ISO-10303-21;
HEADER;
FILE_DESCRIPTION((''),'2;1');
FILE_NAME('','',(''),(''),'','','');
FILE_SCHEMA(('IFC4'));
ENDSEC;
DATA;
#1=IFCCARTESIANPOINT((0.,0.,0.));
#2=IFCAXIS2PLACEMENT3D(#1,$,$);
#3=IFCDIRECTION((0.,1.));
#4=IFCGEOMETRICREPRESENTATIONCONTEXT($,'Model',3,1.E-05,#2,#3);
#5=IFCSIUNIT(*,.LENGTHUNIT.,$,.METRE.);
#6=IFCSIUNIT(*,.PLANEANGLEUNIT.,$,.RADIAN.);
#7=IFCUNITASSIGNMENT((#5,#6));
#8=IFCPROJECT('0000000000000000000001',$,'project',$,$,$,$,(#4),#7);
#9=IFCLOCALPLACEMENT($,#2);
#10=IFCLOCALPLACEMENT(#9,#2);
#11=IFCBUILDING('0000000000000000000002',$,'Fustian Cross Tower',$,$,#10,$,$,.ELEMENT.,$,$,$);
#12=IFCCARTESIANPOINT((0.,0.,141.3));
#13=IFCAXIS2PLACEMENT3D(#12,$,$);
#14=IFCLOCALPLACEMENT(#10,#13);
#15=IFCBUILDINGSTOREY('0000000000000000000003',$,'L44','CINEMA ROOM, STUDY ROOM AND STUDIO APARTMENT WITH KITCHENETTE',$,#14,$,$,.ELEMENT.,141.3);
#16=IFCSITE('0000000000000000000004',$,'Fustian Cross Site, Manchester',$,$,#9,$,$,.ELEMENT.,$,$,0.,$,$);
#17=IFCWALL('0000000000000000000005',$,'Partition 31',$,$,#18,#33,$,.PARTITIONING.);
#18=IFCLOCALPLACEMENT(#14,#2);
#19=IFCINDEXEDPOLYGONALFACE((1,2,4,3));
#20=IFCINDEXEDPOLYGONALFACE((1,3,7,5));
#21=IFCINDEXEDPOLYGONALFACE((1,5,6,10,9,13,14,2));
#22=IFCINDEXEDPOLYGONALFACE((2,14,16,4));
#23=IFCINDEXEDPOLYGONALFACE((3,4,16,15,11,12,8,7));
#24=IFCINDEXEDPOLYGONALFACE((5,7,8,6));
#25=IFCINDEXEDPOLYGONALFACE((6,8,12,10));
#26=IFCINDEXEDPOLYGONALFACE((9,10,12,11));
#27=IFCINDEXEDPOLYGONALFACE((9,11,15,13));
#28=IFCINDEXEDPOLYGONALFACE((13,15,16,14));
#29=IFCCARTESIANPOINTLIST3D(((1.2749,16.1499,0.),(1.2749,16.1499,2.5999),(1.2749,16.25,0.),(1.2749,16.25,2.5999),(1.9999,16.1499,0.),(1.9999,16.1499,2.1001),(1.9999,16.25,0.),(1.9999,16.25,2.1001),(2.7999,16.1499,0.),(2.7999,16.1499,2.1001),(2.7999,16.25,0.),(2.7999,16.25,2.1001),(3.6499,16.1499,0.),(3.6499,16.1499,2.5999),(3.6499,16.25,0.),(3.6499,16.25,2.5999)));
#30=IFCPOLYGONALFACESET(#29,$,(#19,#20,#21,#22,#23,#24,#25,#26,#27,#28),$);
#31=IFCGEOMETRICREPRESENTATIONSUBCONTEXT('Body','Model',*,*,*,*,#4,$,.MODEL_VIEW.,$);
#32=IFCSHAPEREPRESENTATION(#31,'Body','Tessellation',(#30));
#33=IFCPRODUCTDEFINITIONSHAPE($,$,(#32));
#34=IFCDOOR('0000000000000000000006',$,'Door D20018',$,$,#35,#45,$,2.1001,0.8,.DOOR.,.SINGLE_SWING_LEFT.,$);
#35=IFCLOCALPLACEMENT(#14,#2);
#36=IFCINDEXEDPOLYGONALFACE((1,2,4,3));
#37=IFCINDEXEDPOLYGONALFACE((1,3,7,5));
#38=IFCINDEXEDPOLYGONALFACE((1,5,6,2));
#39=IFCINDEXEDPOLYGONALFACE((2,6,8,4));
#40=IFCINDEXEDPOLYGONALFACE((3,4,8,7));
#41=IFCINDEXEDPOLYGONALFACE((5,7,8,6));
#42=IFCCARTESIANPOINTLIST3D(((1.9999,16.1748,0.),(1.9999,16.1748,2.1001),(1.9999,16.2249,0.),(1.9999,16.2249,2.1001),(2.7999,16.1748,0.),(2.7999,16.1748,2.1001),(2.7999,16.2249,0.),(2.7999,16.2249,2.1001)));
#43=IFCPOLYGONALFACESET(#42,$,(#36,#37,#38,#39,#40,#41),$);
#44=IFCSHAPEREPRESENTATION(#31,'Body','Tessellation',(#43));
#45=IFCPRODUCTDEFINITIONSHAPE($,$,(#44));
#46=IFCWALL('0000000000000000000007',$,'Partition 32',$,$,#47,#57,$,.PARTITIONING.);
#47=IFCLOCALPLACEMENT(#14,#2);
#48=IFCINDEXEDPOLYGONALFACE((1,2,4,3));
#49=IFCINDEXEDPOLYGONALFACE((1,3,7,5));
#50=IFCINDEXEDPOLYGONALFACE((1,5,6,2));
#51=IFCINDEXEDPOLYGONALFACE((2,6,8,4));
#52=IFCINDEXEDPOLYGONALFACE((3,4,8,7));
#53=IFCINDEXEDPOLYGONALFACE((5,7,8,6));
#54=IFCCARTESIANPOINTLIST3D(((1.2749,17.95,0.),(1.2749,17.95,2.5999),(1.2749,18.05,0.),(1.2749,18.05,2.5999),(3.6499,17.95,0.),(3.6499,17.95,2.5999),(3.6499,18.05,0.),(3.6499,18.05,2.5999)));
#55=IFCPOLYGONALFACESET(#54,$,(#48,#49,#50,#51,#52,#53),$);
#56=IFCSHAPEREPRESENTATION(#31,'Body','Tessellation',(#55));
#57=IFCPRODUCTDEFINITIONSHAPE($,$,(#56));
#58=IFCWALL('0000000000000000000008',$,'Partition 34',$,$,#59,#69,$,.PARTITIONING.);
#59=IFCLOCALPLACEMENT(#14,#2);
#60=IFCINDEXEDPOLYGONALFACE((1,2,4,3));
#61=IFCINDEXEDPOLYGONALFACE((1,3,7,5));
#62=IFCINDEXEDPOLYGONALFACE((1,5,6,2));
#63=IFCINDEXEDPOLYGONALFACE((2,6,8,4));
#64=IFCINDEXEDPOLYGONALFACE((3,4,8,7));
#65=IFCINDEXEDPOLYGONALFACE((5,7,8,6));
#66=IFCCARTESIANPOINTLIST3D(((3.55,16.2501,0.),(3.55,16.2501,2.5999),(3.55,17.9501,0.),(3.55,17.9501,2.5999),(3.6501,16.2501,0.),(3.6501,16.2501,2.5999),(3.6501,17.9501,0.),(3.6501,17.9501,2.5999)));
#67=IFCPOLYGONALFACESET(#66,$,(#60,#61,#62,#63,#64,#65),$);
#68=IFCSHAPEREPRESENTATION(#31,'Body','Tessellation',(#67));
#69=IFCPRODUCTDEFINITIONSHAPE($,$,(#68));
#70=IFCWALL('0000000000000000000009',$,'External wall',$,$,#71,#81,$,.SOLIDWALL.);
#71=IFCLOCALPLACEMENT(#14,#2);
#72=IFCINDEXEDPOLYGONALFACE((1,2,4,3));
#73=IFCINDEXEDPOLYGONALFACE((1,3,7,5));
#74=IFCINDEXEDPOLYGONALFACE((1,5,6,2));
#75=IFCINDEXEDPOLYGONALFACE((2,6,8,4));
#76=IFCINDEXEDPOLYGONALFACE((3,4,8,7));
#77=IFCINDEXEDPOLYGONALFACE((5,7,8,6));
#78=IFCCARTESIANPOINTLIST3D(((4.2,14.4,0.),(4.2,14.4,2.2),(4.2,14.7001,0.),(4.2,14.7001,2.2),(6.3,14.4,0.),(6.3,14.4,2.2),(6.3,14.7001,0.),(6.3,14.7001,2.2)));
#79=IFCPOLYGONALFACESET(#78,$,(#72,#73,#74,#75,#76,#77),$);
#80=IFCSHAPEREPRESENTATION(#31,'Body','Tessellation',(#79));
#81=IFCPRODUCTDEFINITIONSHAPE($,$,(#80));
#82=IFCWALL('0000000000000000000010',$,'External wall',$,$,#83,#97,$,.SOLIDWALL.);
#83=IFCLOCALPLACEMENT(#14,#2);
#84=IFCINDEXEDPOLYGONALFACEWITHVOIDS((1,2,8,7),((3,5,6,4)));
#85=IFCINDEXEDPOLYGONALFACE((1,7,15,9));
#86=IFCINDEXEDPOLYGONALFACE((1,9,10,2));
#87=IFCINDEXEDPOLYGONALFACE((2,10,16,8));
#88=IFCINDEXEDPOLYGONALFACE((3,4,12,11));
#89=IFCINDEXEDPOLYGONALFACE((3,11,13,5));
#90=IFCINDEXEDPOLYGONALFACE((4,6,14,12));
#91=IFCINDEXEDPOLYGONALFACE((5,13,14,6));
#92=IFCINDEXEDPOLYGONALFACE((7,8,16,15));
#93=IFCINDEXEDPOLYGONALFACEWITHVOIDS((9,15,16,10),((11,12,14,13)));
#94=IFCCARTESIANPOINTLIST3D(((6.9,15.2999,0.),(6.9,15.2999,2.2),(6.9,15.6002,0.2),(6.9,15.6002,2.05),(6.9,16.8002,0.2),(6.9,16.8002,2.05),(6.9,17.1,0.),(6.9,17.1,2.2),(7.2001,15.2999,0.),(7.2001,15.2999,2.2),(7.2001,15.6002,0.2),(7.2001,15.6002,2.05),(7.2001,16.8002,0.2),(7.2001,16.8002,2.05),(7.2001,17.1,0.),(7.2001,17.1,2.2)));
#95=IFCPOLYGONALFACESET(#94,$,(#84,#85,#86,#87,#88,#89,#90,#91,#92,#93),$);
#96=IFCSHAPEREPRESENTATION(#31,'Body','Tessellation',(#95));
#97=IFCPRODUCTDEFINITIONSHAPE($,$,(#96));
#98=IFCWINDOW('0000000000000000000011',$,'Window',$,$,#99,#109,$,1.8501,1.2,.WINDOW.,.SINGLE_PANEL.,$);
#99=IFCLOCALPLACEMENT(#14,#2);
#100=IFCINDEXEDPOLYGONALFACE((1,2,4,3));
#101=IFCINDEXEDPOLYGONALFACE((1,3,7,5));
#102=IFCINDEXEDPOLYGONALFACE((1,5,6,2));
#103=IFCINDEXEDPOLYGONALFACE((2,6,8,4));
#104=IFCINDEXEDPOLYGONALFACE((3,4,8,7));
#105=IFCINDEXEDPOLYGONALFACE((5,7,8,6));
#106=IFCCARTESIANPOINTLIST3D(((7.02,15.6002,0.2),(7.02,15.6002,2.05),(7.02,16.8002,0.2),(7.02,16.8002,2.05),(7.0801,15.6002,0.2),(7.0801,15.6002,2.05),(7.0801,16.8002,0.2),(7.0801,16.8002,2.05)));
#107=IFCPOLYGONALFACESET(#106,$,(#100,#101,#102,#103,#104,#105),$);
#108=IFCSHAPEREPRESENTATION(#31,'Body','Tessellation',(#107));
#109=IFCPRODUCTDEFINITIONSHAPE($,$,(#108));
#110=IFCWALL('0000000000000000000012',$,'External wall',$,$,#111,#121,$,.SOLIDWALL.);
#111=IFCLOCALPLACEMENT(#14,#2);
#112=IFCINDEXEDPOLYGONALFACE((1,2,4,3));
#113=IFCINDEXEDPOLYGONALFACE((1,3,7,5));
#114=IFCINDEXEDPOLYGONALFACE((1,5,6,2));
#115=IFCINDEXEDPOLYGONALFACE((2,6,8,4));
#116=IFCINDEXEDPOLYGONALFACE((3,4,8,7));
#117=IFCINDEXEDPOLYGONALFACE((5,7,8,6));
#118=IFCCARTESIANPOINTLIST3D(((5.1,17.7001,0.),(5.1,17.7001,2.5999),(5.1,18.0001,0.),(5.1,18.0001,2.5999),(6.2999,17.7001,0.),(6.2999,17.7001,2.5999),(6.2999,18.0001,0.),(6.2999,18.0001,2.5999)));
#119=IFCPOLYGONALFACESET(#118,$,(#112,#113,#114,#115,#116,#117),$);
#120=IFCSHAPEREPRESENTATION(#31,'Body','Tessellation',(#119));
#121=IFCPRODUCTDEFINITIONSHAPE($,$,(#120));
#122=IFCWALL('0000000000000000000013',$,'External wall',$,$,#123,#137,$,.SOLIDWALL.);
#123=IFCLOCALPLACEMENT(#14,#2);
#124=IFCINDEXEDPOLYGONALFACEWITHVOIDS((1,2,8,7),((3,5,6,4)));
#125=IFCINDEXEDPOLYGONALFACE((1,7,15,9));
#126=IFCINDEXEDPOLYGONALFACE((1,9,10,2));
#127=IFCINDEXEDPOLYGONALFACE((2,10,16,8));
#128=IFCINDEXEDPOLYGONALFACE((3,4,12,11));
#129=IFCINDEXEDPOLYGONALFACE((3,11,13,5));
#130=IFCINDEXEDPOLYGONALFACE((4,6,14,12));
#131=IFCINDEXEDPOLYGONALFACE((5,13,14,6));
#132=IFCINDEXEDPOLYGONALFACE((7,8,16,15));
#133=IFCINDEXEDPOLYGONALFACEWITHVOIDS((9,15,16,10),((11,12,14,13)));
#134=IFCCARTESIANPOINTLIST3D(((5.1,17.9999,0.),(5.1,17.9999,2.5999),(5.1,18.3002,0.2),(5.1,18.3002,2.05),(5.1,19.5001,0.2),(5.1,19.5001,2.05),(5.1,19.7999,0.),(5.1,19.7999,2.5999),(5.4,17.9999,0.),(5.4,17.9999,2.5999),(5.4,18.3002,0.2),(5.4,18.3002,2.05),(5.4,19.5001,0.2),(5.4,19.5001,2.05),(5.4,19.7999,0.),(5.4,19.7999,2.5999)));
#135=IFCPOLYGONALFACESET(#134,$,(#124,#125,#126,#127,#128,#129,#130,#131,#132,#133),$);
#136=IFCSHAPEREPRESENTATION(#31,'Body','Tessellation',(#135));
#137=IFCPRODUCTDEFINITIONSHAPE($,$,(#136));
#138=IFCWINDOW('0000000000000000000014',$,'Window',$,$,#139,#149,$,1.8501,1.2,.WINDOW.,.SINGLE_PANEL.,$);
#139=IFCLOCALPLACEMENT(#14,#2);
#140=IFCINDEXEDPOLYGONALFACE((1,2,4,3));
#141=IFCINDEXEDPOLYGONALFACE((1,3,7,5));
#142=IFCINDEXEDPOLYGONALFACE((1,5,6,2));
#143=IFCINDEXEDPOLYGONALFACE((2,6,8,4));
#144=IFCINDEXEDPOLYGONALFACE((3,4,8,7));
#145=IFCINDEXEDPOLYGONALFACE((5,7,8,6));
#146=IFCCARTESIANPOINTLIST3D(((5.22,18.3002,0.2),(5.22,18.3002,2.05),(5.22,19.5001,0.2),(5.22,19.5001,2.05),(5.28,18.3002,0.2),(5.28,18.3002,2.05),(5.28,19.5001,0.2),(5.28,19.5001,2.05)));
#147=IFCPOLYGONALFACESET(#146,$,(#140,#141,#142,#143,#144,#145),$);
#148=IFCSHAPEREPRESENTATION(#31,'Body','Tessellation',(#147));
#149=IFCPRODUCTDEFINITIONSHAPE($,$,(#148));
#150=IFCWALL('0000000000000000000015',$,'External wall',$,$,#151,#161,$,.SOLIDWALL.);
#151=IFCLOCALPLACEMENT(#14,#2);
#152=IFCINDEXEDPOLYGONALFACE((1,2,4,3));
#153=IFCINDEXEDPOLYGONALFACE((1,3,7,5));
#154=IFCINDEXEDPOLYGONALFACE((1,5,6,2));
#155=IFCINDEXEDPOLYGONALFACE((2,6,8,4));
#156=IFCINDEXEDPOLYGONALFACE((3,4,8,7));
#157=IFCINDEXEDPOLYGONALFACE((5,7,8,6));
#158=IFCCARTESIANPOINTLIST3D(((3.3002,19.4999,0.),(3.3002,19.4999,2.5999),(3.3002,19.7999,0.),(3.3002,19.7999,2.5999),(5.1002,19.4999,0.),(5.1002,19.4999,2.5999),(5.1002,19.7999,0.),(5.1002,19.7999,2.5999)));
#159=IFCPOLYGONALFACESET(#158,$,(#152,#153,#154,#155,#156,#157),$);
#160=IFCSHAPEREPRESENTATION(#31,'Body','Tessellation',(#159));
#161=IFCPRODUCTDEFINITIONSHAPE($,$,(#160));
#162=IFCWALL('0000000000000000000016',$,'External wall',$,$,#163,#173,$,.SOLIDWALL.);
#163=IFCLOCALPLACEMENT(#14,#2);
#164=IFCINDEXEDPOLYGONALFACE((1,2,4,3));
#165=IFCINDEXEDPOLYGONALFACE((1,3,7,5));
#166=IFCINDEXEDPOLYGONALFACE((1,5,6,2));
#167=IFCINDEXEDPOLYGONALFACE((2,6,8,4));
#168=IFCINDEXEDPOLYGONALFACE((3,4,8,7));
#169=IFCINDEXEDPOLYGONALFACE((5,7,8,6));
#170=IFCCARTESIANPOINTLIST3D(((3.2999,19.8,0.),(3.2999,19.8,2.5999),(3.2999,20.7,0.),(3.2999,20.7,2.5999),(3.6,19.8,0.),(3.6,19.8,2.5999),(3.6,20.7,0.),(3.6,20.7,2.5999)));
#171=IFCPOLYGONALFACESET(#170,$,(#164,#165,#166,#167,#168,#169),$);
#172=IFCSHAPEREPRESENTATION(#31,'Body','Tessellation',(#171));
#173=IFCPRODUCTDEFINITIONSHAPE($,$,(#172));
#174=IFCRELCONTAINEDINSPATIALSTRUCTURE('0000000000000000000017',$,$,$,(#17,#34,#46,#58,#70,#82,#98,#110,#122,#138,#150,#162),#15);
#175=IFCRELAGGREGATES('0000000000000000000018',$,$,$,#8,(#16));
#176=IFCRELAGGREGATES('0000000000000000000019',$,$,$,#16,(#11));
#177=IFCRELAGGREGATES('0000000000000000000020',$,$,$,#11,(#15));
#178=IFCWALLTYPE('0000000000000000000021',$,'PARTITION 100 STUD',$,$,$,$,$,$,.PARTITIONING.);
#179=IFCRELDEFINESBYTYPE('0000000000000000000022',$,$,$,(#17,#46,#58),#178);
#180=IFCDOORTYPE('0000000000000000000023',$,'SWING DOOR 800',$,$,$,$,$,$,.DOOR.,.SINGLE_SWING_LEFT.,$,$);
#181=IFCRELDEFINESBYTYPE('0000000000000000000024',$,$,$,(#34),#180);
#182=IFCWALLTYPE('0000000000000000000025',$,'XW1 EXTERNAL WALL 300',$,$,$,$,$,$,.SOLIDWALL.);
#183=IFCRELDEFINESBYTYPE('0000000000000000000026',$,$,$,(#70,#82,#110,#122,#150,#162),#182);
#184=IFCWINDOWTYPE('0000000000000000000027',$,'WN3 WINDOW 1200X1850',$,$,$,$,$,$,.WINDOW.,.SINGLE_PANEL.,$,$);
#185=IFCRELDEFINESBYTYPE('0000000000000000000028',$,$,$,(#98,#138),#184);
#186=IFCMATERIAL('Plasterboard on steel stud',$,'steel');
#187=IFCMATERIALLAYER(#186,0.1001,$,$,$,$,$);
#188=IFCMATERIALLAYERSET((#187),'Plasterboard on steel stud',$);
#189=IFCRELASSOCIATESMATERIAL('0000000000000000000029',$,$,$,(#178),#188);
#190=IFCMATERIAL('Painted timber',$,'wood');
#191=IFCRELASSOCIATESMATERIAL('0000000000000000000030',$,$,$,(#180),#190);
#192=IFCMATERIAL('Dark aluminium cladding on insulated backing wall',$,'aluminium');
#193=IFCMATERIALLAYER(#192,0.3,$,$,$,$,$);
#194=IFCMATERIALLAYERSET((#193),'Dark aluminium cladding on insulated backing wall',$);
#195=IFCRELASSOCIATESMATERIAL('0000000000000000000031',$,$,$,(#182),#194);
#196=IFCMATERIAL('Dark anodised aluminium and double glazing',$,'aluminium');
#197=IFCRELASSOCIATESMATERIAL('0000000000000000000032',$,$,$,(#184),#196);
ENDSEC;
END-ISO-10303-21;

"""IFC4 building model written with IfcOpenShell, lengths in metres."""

from ifc_helpers import new_model, si_unit, direction, frame, frame_2d, origin, place, context, subcontext, project, spatial, rectangle, extrude, material, layer, layer_set, type_object, element, fill, save


model = new_model("IFC4")

# Units and contexts
model_context = context("Model", 3, precision=1e-05, world=origin(), true_north=direction((0.0, 1.0)))
body_context = subcontext(model_context, "Body", "Model", "MODEL_VIEW")
ifc_project = project(units=[si_unit("LENGTHUNIT", "METRE"), si_unit("PLANEANGLEUNIT", "RADIAN")], contexts=[model_context])

# Site, building, storey
site_placement = place(None, origin())
site = spatial("IfcSite", under=ifc_project, at=site_placement, Name="Fustian Cross Site, Manchester", CompositionType="ELEMENT", RefElevation=0.0)
building_placement = place(site_placement, origin())
building = spatial("IfcBuilding", under=site, at=building_placement, Name="Fustian Cross Tower", CompositionType="ELEMENT")
storey_placement = place(building_placement, frame((0.0, 0.0, 141.3)))
storey = spatial("IfcBuildingStorey", under=building, at=storey_placement, Name="L44", Description="CINEMA ROOM, STUDY ROOM AND STUDIO APARTMENT WITH KITCHENETTE", CompositionType="ELEMENT", Elevation=141.3)

# Shared definitions
ifc_material_1 = material(Name="Plasterboard on steel stud", Category="steel")
ifc_layer_1 = layer(ifc_material_1, 0.1001)
ifc_layer_set_1 = layer_set([ifc_layer_1], Name="Plasterboard on steel stud")
wall_type_1 = type_object("IfcWallType", Name="PARTITION 100 STUD", PredefinedType="PARTITIONING", material=ifc_layer_set_1)

# Wall, opening, door
wall_1_placement = place(storey_placement, frame((1.2749, 16.2, 0.0), z_axis=(0.0, 0.0, 1.0), x_axis=(1.0, 0.0, 0.0)))
wall_1 = element("IfcWall", 1, at=wall_1_placement, inside=storey, type_object=wall_type_1, Name="Partition 31", PredefinedType="PARTITIONING", context=body_context, shape_type="SweptSolid", body=[
    extrude(rectangle(XDim=2.375, YDim=0.1001, at=frame_2d((1.1875, 0.0))), origin(), (0.0, 0.0, 1.0), 2.5999),
])
opening_1_placement = place(wall_1_placement, frame((0.7251, 0.0, 0.0)))
opening_1 = element("IfcOpeningElement", 2, at=opening_1_placement, cuts=wall_1, PredefinedType="OPENING", context=body_context, shape_type="SweptSolid", body=[
    extrude(rectangle(XDim=0.8, YDim=2.1001, at=frame_2d((0.3999, 1.05))), frame((0.0, 0.0601, 0.0), z_axis=(0.0, -1.0, 0.0), x_axis=(1.0, 0.0, 0.0)), (0.0, 0.0, 1.0), 0.1201),
])
ifc_material_2 = material(Name="Painted timber", Category="wood")
door_type = type_object("IfcDoorType", Name="SWING DOOR 800", OperationType="SINGLE_SWING_LEFT", PredefinedType="DOOR", material=ifc_material_2)
door_placement = place(opening_1_placement, origin())
door = element("IfcDoor", 3, at=door_placement, inside=storey, type_object=door_type, Name="Door D20018", OperationType="SINGLE_SWING_LEFT", OverallHeight=2.1001, OverallWidth=0.8, PredefinedType="DOOR", context=body_context, shape_type="SweptSolid", body=[
    extrude(rectangle(XDim=0.8, YDim=2.1001, at=frame_2d((0.3999, 1.05))), frame((0.0, 0.0249, 0.0), z_axis=(0.0, -1.0, 0.0), x_axis=(1.0, 0.0, 0.0)), (0.0, 0.0, 1.0), 0.05),
])
fill(opening_1, door)

# Walls
wall_2_placement = place(storey_placement, frame((1.2749, 18.0, 0.0), z_axis=(0.0, 0.0, 1.0), x_axis=(1.0, 0.0, 0.0)))
element("IfcWall", 4, at=wall_2_placement, inside=storey, type_object=wall_type_1, Name="Partition 32", PredefinedType="PARTITIONING", context=body_context, shape_type="SweptSolid", body=[
    extrude(rectangle(XDim=2.375, YDim=0.1001, at=frame_2d((1.1875, 0.0))), origin(), (0.0, 0.0, 1.0), 2.5999),
])
wall_3_placement = place(storey_placement, frame((3.6001, 16.25, 0.0), z_axis=(0.0, 0.0, 1.0), x_axis=(0.0, 1.0, 0.0)))
element("IfcWall", 5, at=wall_3_placement, inside=storey, type_object=wall_type_1, Name="Partition 34", PredefinedType="PARTITIONING", context=body_context, shape_type="SweptSolid", body=[
    extrude(rectangle(XDim=1.7, YDim=0.1001, at=frame_2d((0.8501, 0.0))), origin(), (0.0, 0.0, 1.0), 2.5999),
])
ifc_material_3 = material(Name="Dark aluminium cladding on insulated backing wall", Category="aluminium")
ifc_layer_2 = layer(ifc_material_3, 0.3)
ifc_layer_set_2 = layer_set([ifc_layer_2], Name="Dark aluminium cladding on insulated backing wall")
wall_type_2 = type_object("IfcWallType", Name="XW1 EXTERNAL WALL 300", PredefinedType="SOLIDWALL", material=ifc_layer_set_2)
wall_4_placement = place(storey_placement, frame((4.2, 14.55, 0.0), z_axis=(0.0, 0.0, 1.0), x_axis=(1.0, 0.0, 0.0)))
element("IfcWall", 6, at=wall_4_placement, inside=storey, type_object=wall_type_2, Name="External wall", PredefinedType="SOLIDWALL", context=body_context, shape_type="SweptSolid", body=[
    extrude(rectangle(XDim=2.1001, YDim=0.3, at=frame_2d((1.05, 0.0))), origin(), (0.0, 0.0, 1.0), 2.2),
])

# Wall, opening, window
wall_5_placement = place(storey_placement, frame((7.05, 15.3, 0.0), z_axis=(0.0, 0.0, 1.0), x_axis=(0.0, 1.0, 0.0)))
wall_5 = element("IfcWall", 7, at=wall_5_placement, inside=storey, type_object=wall_type_2, Name="External wall", PredefinedType="SOLIDWALL", context=body_context, shape_type="SweptSolid", body=[
    extrude(rectangle(XDim=1.8, YDim=0.3, at=frame_2d((0.8999, 0.0))), origin(), (0.0, 0.0, 1.0), 2.2),
])
opening_2_placement = place(wall_5_placement, frame((0.3, 0.0, 0.2)))
opening_2 = element("IfcOpeningElement", 8, at=opening_2_placement, cuts=wall_5, PredefinedType="OPENING", context=body_context, shape_type="SweptSolid", body=[
    extrude(rectangle(XDim=1.2, YDim=1.8501, at=frame_2d((0.6001, 0.925))), frame((0.0, 0.1599, 0.0), z_axis=(0.0, -1.0, 0.0), x_axis=(1.0, 0.0, 0.0)), (0.0, 0.0, 1.0), 0.3201),
])
ifc_material_4 = material(Name="Dark anodised aluminium and double glazing", Category="aluminium")
window_type_1 = type_object("IfcWindowType", Name="WN3 WINDOW 1200X1850", PartitioningType="SINGLE_PANEL", PredefinedType="WINDOW", material=ifc_material_4)
window_1_placement = place(opening_2_placement, origin())
window_1 = element("IfcWindow", 9, at=window_1_placement, inside=storey, type_object=window_type_1, Name="Window", OverallHeight=1.8501, OverallWidth=1.2, PartitioningType="SINGLE_PANEL", PredefinedType="WINDOW", context=body_context, shape_type="SweptSolid", body=[
    extrude(rectangle(XDim=1.2, YDim=1.8501, at=frame_2d((0.6001, 0.925))), frame((0.0, 0.03, 0.0), z_axis=(0.0, -1.0, 0.0), x_axis=(1.0, 0.0, 0.0)), (0.0, 0.0, 1.0), 0.0601),
])
fill(opening_2, window_1)

# Wall
wall_6_placement = place(storey_placement, frame((6.3, 17.8501, 0.0), z_axis=(0.0, 0.0, 1.0), x_axis=(-1.0, 0.0, 0.0)))
element("IfcWall", 10, at=wall_6_placement, inside=storey, type_object=wall_type_2, Name="External wall", PredefinedType="SOLIDWALL", context=body_context, shape_type="SweptSolid", body=[
    extrude(rectangle(XDim=1.2, YDim=0.3, at=frame_2d((0.6001, 0.0))), origin(), (0.0, 0.0, 1.0), 2.5999),
])

# Wall, opening, window
wall_7_placement = place(storey_placement, frame((5.25, 18.0, 0.0), z_axis=(0.0, 0.0, 1.0), x_axis=(0.0, 1.0, 0.0)))
wall_7 = element("IfcWall", 11, at=wall_7_placement, inside=storey, type_object=wall_type_2, Name="External wall", PredefinedType="SOLIDWALL", context=body_context, shape_type="SweptSolid", body=[
    extrude(rectangle(XDim=1.8, YDim=0.3, at=frame_2d((0.8999, 0.0))), origin(), (0.0, 0.0, 1.0), 2.5999),
])
opening_3_placement = place(wall_7_placement, frame((0.3, 0.0, 0.2)))
opening_3 = element("IfcOpeningElement", 12, at=opening_3_placement, cuts=wall_7, PredefinedType="OPENING", context=body_context, shape_type="SweptSolid", body=[
    extrude(rectangle(XDim=1.2, YDim=1.8501, at=frame_2d((0.6001, 0.925))), frame((0.0, 0.1599, 0.0), z_axis=(0.0, -1.0, 0.0), x_axis=(1.0, 0.0, 0.0)), (0.0, 0.0, 1.0), 0.3201),
])
window_2_placement = place(opening_3_placement, origin())
window_2 = element("IfcWindow", 13, at=window_2_placement, inside=storey, type_object=window_type_1, Name="Window", OverallHeight=1.8501, OverallWidth=1.2, PartitioningType="SINGLE_PANEL", PredefinedType="WINDOW", context=body_context, shape_type="SweptSolid", body=[
    extrude(rectangle(XDim=1.2, YDim=1.8501, at=frame_2d((0.6001, 0.925))), frame((0.0, 0.03, 0.0), z_axis=(0.0, -1.0, 0.0), x_axis=(1.0, 0.0, 0.0)), (0.0, 0.0, 1.0), 0.0601),
])
fill(opening_3, window_2)

# Walls
wall_8_placement = place(storey_placement, frame((5.1001, 19.6499, 0.0), z_axis=(0.0, 0.0, 1.0), x_axis=(-1.0, 0.0, 0.0)))
element("IfcWall", 14, at=wall_8_placement, inside=storey, type_object=wall_type_2, Name="External wall", PredefinedType="SOLIDWALL", context=body_context, shape_type="SweptSolid", body=[
    extrude(rectangle(XDim=1.8, YDim=0.3, at=frame_2d((0.8999, 0.0))), origin(), (0.0, 0.0, 1.0), 2.5999),
])
wall_9_placement = place(storey_placement, frame((3.45, 19.8, 0.0), z_axis=(0.0, 0.0, 1.0), x_axis=(0.0, 1.0, 0.0)))
element("IfcWall", 15, at=wall_9_placement, inside=storey, type_object=wall_type_2, Name="External wall", PredefinedType="SOLIDWALL", context=body_context, shape_type="SweptSolid", body=[
    extrude(rectangle(XDim=0.8999, YDim=0.3, at=frame_2d((0.45, 0.0))), origin(), (0.0, 0.0, 1.0), 2.5999),
])

save(model, "model.ifc")
